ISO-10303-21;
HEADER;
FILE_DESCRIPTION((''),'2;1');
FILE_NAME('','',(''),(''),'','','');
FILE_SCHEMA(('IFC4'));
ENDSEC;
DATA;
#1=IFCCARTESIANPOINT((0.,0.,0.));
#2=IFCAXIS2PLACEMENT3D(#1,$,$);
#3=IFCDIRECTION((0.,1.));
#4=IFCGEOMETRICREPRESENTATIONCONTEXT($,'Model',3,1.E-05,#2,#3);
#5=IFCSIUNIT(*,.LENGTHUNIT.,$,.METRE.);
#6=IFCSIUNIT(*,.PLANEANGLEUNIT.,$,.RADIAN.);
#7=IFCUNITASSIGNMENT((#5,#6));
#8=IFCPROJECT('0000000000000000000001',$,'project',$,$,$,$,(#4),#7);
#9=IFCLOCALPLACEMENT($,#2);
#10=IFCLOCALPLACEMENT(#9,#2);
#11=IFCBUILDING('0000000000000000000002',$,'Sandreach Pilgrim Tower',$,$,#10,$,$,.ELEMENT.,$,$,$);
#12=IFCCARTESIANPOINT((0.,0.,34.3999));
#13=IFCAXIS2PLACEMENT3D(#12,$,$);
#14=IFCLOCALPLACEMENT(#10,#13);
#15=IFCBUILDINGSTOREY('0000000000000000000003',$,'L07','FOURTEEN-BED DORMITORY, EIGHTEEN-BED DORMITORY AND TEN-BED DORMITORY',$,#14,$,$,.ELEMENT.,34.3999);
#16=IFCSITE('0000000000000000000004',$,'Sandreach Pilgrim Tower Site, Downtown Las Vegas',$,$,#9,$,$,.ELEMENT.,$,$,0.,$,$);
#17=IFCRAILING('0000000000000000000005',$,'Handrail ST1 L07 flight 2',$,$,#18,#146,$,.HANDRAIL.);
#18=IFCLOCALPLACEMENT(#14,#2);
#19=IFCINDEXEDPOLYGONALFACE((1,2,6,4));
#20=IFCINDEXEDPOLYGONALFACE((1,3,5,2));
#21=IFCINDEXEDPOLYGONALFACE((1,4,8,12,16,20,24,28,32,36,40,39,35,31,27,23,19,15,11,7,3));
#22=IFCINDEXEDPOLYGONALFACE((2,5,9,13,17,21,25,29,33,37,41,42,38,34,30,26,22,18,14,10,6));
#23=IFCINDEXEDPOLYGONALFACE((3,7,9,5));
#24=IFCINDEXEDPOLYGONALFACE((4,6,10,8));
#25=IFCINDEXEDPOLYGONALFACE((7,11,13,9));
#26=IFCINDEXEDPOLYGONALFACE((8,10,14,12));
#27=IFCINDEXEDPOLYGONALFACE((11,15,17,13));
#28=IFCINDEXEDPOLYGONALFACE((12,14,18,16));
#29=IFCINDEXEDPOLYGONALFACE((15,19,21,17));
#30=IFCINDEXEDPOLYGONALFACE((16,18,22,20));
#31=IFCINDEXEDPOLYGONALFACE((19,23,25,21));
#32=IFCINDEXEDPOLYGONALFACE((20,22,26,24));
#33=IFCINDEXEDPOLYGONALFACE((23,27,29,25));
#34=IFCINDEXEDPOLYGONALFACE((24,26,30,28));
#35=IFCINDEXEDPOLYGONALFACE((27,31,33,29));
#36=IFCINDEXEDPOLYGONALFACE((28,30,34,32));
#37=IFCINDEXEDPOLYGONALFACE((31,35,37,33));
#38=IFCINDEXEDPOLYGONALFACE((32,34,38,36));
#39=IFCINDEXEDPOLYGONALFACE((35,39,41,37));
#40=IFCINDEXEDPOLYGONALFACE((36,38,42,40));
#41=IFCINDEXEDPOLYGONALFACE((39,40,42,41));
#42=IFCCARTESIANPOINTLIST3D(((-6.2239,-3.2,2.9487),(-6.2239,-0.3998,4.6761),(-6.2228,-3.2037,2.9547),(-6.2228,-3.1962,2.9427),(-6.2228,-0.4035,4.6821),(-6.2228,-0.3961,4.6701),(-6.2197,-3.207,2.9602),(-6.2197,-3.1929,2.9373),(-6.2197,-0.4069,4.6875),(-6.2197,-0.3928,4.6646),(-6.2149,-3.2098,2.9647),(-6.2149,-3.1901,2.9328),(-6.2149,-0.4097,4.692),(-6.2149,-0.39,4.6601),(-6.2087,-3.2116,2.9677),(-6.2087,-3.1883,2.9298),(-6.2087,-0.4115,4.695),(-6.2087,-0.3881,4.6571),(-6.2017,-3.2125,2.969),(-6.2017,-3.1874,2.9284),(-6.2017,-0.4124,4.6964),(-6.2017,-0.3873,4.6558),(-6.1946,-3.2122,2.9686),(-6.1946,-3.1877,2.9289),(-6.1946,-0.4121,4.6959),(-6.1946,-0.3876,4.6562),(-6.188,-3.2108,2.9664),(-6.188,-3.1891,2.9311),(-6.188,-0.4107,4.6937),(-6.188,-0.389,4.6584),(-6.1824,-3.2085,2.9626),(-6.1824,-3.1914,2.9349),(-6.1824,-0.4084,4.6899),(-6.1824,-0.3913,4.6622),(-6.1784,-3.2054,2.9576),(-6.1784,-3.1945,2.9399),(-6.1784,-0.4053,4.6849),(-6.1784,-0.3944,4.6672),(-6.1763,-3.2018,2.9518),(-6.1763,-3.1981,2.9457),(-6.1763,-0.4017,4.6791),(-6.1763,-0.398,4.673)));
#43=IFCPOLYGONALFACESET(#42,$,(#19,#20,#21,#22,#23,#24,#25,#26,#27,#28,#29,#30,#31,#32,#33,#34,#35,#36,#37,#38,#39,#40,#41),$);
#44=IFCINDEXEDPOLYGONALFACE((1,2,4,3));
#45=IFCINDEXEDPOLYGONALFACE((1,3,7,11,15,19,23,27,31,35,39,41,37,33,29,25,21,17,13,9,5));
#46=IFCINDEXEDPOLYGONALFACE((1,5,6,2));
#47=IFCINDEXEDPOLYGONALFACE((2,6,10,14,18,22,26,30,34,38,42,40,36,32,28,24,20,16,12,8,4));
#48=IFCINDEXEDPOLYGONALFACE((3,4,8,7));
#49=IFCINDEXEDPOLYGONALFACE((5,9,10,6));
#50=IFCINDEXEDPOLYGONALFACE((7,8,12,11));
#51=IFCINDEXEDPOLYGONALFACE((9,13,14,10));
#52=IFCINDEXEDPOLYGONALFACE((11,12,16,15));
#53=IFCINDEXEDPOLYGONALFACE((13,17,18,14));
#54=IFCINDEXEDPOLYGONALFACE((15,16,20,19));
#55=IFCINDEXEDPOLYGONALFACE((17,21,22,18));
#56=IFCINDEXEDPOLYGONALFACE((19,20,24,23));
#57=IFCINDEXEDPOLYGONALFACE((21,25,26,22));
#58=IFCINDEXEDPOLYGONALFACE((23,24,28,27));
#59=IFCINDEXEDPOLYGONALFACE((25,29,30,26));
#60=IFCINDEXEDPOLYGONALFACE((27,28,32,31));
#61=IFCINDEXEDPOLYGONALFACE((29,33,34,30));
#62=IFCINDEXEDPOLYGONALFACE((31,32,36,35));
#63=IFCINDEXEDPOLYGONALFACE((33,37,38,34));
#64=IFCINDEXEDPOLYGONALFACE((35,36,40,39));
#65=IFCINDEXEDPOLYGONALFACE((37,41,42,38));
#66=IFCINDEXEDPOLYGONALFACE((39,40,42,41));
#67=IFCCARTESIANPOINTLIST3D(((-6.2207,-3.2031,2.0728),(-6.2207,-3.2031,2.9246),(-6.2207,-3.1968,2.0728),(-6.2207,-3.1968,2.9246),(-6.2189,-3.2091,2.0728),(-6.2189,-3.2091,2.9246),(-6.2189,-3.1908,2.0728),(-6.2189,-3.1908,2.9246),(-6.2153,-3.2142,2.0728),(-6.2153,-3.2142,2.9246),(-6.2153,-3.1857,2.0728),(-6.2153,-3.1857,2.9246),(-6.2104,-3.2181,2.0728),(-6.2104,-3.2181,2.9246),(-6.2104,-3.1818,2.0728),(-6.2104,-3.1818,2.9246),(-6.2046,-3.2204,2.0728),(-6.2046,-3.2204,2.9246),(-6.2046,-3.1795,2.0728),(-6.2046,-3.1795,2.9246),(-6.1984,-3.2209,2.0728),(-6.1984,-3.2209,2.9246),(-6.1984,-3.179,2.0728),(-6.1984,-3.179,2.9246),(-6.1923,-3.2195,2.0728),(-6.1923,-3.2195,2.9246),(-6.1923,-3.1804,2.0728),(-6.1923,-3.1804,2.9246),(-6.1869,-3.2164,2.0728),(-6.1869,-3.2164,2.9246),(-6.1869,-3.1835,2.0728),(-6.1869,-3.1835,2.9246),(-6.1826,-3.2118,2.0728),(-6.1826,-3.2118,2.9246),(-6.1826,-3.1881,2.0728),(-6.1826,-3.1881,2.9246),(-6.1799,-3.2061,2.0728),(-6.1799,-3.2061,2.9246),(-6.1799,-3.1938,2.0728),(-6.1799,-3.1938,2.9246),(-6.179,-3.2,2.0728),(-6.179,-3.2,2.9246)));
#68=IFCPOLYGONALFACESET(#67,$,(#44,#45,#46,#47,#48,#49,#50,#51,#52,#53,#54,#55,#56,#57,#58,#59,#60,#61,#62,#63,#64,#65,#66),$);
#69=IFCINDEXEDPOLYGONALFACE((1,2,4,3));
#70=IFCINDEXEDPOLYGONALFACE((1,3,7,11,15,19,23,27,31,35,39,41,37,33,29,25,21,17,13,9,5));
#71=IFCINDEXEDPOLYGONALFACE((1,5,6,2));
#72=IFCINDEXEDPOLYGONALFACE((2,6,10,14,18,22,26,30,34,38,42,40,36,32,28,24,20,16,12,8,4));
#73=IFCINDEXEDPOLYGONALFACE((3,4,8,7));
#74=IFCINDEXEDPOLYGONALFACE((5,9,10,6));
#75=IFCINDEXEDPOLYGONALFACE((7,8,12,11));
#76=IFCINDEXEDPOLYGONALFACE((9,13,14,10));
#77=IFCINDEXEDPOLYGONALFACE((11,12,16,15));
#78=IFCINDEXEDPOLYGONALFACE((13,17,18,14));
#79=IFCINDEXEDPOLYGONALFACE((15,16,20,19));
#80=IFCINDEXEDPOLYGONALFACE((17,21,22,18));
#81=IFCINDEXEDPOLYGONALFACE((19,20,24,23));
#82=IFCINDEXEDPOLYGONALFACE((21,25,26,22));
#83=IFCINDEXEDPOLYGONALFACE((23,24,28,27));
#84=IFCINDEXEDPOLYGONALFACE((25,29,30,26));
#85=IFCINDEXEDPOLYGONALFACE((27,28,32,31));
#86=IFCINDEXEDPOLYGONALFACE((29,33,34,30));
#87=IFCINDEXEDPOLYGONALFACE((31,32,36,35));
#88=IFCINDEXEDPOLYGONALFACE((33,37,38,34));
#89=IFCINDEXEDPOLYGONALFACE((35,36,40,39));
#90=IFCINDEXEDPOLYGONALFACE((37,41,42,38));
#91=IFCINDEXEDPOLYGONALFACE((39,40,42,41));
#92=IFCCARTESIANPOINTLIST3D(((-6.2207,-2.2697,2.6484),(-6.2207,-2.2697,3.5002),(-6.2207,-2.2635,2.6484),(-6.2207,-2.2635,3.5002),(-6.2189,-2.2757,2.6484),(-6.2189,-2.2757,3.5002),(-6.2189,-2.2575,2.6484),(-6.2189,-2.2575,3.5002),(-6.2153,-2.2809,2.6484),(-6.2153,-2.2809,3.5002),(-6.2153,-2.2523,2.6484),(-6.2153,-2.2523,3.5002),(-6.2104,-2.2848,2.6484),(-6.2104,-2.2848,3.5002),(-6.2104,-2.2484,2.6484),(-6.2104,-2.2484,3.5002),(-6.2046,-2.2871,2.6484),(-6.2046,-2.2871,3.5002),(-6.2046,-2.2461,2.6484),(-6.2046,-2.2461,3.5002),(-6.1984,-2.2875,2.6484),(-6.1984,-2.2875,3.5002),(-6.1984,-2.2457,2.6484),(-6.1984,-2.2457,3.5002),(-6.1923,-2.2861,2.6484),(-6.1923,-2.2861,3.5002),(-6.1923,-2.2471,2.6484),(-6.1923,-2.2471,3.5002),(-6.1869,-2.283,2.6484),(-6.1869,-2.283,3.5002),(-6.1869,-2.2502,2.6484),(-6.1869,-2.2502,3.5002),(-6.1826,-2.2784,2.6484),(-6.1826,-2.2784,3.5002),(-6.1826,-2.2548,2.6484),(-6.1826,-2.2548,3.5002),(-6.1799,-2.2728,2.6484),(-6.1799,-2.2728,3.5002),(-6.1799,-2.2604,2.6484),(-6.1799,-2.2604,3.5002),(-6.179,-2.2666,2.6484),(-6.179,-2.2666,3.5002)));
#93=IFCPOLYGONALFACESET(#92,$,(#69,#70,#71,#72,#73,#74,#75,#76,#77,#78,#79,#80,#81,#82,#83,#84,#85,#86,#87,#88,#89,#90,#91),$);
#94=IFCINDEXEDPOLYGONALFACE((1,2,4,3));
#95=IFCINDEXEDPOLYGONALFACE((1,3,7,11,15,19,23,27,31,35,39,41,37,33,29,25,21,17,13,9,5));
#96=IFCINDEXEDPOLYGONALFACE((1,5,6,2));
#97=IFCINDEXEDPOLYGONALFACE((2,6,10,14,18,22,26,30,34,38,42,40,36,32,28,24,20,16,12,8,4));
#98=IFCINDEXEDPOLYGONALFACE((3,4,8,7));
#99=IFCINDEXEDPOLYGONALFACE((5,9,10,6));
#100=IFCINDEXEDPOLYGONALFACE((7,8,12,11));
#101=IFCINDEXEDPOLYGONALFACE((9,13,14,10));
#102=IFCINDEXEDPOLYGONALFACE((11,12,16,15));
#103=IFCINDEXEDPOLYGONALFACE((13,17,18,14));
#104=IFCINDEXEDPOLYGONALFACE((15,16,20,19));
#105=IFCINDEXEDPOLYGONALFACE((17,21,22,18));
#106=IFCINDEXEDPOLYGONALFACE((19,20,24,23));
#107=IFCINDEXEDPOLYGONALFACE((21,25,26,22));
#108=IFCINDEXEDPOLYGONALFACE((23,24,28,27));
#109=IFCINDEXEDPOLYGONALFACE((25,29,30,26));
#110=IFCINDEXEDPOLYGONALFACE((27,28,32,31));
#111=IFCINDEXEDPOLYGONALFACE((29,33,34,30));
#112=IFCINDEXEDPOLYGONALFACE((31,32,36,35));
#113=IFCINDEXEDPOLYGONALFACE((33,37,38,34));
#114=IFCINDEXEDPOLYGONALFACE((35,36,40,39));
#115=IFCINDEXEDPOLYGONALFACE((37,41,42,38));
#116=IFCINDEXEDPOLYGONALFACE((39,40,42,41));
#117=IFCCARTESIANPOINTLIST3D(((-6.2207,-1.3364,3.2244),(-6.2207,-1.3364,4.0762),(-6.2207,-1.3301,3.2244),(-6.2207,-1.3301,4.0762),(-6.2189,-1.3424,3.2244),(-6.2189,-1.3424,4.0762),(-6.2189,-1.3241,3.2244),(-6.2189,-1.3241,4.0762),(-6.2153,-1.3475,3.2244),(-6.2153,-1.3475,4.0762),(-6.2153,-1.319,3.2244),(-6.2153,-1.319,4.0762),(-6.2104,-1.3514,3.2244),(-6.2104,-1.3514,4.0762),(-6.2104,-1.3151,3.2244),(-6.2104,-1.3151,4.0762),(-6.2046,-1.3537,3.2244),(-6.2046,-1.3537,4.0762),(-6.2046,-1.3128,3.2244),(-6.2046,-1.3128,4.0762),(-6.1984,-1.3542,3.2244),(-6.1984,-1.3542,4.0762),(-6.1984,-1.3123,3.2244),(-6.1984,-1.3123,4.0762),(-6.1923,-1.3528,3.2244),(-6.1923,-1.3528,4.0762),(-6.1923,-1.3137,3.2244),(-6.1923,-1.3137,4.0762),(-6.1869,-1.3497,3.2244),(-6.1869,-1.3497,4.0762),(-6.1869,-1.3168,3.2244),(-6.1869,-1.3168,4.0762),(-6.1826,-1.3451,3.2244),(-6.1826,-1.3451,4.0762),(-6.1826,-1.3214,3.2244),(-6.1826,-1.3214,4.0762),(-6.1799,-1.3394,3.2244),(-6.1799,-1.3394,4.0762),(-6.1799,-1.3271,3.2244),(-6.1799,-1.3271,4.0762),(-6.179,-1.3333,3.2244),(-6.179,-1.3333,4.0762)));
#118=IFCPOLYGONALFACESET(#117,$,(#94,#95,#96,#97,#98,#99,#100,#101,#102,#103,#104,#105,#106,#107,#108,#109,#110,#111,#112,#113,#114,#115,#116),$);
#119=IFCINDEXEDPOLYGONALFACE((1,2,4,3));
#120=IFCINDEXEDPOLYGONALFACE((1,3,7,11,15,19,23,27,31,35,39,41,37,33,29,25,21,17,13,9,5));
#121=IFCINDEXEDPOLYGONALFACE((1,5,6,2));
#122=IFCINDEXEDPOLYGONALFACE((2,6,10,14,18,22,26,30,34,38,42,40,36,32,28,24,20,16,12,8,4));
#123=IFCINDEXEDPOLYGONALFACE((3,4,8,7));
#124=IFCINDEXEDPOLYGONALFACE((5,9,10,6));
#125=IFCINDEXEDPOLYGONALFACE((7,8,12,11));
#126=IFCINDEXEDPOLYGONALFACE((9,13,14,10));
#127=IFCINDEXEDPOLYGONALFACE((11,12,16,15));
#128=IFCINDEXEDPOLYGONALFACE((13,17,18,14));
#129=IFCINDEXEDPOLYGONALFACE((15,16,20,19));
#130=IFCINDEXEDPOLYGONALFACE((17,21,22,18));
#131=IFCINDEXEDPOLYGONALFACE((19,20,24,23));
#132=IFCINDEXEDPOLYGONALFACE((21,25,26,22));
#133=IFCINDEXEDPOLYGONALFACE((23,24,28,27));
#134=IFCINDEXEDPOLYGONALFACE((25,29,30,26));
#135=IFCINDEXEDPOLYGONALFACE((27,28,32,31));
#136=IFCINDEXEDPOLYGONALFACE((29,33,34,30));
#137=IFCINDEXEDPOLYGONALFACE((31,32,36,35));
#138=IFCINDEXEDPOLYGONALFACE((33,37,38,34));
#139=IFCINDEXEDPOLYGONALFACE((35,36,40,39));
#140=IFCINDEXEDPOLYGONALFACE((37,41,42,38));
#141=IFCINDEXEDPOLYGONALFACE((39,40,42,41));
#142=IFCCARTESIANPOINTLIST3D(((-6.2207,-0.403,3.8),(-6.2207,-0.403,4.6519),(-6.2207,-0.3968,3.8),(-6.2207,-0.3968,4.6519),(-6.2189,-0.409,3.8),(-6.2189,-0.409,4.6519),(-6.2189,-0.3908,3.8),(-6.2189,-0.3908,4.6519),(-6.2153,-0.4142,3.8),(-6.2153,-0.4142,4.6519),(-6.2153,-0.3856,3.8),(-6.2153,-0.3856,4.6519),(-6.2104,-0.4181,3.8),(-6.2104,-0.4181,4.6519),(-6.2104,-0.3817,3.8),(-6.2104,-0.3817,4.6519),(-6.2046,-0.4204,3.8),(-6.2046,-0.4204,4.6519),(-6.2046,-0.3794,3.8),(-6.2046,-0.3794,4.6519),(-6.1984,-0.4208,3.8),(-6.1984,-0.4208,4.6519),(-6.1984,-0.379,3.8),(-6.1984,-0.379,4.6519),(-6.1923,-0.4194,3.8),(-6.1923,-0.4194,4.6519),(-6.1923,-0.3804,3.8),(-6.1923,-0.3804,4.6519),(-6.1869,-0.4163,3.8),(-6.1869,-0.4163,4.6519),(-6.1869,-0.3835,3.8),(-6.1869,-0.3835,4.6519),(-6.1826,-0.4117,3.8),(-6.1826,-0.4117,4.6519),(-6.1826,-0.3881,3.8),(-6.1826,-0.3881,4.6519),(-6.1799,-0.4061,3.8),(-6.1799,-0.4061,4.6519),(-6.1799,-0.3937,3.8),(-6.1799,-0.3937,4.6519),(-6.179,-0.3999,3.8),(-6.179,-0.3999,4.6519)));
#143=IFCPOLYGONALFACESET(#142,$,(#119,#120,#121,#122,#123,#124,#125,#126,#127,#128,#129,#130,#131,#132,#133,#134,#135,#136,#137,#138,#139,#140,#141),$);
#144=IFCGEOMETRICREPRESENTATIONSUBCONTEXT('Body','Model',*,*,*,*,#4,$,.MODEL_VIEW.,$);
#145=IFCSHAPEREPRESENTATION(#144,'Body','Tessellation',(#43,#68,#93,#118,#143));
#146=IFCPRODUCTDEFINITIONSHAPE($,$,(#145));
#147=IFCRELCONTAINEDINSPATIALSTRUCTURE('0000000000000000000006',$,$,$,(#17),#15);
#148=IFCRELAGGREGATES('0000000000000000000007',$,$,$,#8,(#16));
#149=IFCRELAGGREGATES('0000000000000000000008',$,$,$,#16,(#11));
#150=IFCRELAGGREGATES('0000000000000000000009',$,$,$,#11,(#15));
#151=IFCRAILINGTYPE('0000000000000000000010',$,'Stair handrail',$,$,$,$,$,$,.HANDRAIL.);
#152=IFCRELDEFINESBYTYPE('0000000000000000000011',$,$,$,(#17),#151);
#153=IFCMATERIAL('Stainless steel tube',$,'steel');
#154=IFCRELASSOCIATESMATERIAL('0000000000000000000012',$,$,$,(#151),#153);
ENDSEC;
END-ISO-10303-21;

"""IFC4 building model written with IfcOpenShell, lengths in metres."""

from ifc_helpers import new_model, si_unit, direction, frame, origin, origin_2d, place, context, subcontext, project, spatial, circle, extrude, material, type_object, element, save


model = new_model("IFC4")

# Units and contexts
model_context = context("Model", 3, precision=1e-05, world=origin(), true_north=direction((0.0, 1.0)))
body_context = subcontext(model_context, "Body", "Model", "MODEL_VIEW")
ifc_project = project(units=[si_unit("LENGTHUNIT", "METRE"), si_unit("PLANEANGLEUNIT", "RADIAN")], contexts=[model_context])

# Site, building, storey
site_placement = place(None, origin())
site = spatial("IfcSite", under=ifc_project, at=site_placement, Name="Sandreach Pilgrim Tower Site, Downtown Las Vegas", CompositionType="ELEMENT", RefElevation=0.0)
building_placement = place(site_placement, origin())
building = spatial("IfcBuilding", under=site, at=building_placement, Name="Sandreach Pilgrim Tower", CompositionType="ELEMENT")
storey_placement = place(building_placement, frame((0.0, 0.0, 34.3999)))
storey = spatial("IfcBuildingStorey", under=building, at=storey_placement, Name="L07", Description="FOURTEEN-BED DORMITORY, EIGHTEEN-BED DORMITORY AND TEN-BED DORMITORY", CompositionType="ELEMENT", Elevation=34.3999)

# Railing
ifc_material_1 = material(Name="Stainless steel tube", Category="steel")
railing_type = type_object("IfcRailingType", Name="Stair handrail", PredefinedType="HANDRAIL", material=ifc_material_1)
for number, where, name in (
    (1, (-6.2, -3.2, 2.0728), "Handrail ST1 L07 flight 2"),
):
    element("IfcRailing", number, at=place(storey_placement, frame(where)), inside=storey, type_object=railing_type, Name=name, PredefinedType="HANDRAIL", context=body_context, shape_type="SweptSolid", body=[
        extrude(circle(Radius=0.0239, at=origin_2d()), frame((0.0, 0.0, 0.876), z_axis=(0.0, 0.85109, 0.52502), x_axis=(-1.0, 0.0, 0.0)), (0.0, 0.0, 1.0), 3.29),
        extrude(circle(Radius=0.021, at=origin_2d()), origin(), (0.0, 0.0, 1.0), 0.8518),
        extrude(circle(Radius=0.021, at=origin_2d()), frame((0.0, 0.9333, 0.5757)), (0.0, 0.0, 1.0), 0.8518),
        extrude(circle(Radius=0.021, at=origin_2d()), frame((0.0, 1.8667, 1.1516)), (0.0, 0.0, 1.0), 0.8518),
        extrude(circle(Radius=0.021, at=origin_2d()), frame((0.0, 2.8, 1.7273)), (0.0, 0.0, 1.0), 0.8518),
    ])

save(model, "model.ifc")
